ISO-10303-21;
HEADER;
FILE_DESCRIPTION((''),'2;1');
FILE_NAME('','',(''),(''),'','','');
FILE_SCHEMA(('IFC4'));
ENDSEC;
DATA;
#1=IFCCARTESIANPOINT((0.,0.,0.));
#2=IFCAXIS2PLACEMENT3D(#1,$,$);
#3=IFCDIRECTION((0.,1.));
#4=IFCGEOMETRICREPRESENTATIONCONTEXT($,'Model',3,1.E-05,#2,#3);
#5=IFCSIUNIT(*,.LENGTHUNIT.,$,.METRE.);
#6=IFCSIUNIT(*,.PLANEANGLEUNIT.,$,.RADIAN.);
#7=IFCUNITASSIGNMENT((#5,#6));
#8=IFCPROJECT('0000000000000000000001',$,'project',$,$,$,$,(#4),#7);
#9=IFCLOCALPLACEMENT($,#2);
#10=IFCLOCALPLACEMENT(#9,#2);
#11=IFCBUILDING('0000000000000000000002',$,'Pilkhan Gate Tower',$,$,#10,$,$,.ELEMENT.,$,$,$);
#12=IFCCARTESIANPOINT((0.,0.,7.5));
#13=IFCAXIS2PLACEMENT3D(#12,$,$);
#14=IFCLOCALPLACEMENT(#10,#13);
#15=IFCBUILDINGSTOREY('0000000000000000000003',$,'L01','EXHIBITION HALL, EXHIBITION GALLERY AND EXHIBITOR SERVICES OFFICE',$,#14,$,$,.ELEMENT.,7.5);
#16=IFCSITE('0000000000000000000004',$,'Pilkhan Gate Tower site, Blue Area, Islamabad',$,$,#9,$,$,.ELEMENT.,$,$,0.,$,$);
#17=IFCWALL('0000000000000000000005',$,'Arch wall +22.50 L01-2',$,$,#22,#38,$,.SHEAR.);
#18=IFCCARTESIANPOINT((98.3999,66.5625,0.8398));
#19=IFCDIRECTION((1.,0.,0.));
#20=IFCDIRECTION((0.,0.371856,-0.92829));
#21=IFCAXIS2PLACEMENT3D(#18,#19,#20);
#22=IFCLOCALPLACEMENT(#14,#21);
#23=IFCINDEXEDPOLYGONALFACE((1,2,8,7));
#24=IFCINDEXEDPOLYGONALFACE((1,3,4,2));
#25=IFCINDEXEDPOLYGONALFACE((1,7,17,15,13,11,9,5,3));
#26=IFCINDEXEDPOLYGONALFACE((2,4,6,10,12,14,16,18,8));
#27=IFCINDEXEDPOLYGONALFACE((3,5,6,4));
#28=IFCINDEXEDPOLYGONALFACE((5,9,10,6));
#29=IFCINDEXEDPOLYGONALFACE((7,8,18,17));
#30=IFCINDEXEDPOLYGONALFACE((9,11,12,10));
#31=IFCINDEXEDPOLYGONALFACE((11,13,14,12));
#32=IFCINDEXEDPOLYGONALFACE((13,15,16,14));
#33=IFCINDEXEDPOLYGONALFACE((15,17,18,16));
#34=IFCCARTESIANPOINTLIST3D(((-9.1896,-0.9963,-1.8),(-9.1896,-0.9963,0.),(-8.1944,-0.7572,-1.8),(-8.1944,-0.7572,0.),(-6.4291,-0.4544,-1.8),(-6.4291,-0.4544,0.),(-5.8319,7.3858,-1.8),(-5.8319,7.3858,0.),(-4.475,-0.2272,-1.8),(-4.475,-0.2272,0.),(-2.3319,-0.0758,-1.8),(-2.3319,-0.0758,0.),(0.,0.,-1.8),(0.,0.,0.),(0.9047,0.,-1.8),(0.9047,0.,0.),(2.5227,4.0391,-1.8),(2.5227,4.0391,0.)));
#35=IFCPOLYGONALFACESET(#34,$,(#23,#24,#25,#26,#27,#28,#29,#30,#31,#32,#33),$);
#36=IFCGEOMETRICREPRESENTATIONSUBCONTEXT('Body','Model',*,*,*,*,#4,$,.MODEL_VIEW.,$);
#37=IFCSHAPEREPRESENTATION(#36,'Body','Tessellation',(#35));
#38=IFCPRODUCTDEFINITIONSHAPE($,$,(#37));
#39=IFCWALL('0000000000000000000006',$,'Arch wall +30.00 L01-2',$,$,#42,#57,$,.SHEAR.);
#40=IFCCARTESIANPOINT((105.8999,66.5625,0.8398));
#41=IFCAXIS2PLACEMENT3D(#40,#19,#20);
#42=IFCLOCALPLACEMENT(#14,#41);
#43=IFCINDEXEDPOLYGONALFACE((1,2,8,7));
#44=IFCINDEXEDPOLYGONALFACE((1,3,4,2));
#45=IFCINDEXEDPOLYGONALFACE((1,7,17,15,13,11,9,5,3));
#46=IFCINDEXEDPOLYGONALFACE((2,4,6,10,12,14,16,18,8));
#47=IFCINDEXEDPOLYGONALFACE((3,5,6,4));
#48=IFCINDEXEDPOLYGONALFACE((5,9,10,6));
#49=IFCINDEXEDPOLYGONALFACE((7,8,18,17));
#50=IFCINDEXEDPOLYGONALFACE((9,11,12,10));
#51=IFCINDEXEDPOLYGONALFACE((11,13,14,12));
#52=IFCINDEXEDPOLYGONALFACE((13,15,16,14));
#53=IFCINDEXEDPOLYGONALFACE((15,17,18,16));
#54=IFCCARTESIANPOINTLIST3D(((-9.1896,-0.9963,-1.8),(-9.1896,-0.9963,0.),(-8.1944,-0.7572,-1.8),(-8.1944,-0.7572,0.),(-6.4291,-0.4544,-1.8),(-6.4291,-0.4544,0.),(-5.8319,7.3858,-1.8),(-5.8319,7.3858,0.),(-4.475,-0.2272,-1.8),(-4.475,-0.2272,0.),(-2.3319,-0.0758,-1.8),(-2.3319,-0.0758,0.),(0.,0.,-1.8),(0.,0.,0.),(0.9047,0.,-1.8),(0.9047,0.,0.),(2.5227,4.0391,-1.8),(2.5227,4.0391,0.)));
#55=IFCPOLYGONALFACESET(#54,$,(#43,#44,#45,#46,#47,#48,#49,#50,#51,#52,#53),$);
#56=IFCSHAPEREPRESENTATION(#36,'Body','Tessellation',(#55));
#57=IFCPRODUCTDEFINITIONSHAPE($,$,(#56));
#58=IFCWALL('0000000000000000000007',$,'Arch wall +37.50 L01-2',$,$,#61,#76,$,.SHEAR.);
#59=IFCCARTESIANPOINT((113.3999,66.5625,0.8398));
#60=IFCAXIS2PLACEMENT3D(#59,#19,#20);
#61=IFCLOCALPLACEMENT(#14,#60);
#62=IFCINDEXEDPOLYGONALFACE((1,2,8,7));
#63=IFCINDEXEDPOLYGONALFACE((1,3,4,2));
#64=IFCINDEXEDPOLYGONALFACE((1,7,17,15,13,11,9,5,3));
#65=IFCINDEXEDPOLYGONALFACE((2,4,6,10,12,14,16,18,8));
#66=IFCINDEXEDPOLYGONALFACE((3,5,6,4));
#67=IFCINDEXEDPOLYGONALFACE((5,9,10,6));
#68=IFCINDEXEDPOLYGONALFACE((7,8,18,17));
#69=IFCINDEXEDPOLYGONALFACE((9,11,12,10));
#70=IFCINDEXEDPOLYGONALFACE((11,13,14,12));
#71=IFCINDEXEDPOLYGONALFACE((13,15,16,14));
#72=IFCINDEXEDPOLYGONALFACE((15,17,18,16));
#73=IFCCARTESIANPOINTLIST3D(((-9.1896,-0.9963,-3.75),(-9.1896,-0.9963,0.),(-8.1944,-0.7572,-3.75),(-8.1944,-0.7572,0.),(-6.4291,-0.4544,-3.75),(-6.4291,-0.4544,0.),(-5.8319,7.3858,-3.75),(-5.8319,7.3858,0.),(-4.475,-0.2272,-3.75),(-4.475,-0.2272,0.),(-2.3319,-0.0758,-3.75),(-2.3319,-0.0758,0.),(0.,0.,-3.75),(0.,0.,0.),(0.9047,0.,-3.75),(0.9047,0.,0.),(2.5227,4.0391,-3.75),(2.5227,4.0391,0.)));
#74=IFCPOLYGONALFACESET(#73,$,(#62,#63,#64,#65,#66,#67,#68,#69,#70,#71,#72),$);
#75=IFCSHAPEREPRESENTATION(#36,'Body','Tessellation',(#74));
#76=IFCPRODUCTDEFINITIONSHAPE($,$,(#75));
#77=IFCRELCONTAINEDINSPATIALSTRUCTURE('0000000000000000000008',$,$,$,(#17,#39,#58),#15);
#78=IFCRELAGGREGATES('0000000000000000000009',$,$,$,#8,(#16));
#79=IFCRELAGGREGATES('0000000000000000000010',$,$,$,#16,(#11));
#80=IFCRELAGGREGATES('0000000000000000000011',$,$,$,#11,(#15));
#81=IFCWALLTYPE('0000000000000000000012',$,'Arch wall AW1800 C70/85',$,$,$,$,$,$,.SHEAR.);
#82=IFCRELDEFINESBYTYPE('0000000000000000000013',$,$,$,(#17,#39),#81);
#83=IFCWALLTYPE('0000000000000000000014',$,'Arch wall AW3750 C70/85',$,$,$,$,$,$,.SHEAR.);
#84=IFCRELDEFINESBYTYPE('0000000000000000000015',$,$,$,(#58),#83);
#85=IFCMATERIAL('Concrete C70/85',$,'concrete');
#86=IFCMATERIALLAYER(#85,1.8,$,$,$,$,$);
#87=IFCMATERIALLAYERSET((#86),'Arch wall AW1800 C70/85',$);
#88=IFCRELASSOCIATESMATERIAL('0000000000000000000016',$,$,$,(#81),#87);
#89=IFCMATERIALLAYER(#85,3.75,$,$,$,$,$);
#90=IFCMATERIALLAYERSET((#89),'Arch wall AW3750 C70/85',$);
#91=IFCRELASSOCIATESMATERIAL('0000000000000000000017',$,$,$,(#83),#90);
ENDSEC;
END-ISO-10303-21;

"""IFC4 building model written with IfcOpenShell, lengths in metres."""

from ifc_helpers import new_model, si_unit, direction, frame, origin, place, context, subcontext, project, spatial, polyline, outline, extrude, material, layer, layer_set, type_object, element, save


model = new_model("IFC4")

# Units and contexts
model_context = context("Model", 3, precision=1e-05, world=origin(), true_north=direction((0.0, 1.0)))
body_context = subcontext(model_context, "Body", "Model", "MODEL_VIEW")
ifc_project = project(units=[si_unit("LENGTHUNIT", "METRE"), si_unit("PLANEANGLEUNIT", "RADIAN")], contexts=[model_context])

# Site, building, storey
site_placement = place(None, origin())
site = spatial("IfcSite", under=ifc_project, at=site_placement, Name="Pilkhan Gate Tower site, Blue Area, Islamabad", CompositionType="ELEMENT", RefElevation=0.0)
building_placement = place(site_placement, origin())
building = spatial("IfcBuilding", under=site, at=building_placement, Name="Pilkhan Gate Tower", CompositionType="ELEMENT")
storey_placement = place(building_placement, frame((0.0, 0.0, 7.5)))
storey = spatial("IfcBuildingStorey", under=building, at=storey_placement, Name="L01", Description="EXHIBITION HALL, EXHIBITION GALLERY AND EXHIBITOR SERVICES OFFICE", CompositionType="ELEMENT", Elevation=7.5)

# Walls
ifc_material_1 = material(Name="Concrete C70/85", Category="concrete")
ifc_layer_1 = layer(ifc_material_1, 1.8)
ifc_layer_set_1 = layer_set([ifc_layer_1], Name="Arch wall AW1800 C70/85")
wall_type_1 = type_object("IfcWallType", Name="Arch wall AW1800 C70/85", PredefinedType="SHEAR", material=ifc_layer_set_1)
wall_1_placement = place(storey_placement, frame((98.3999, 66.5625, 0.8398), z_axis=(1.0, 0.0, 0.0), x_axis=(0.0, 0.371856, -0.92829)))
element("IfcWall", 1, at=wall_1_placement, inside=storey, type_object=wall_type_1, Name="Arch wall +22.50 L01-2", PredefinedType="SHEAR", context=body_context, shape_type="SweptSolid", body=[
    extrude(outline(polyline([(0.0, 0.0), (0.9047, 0.0), (2.5227, 4.0391), (-5.8319, 7.3858), (-9.1896, -0.9963), (-8.1944, -0.7572), (-6.4291, -0.4544), (-4.475, -0.2272), (-2.3319, -0.0758), (0.0, 0.0)])), origin(), (0.0, 0.0, -1.0), 1.8),
])
wall_2_placement = place(storey_placement, frame((105.8999, 66.5625, 0.8398), z_axis=(1.0, 0.0, 0.0), x_axis=(0.0, 0.371856, -0.92829)))
element("IfcWall", 2, at=wall_2_placement, inside=storey, type_object=wall_type_1, Name="Arch wall +30.00 L01-2", PredefinedType="SHEAR", context=body_context, shape_type="SweptSolid", body=[
    extrude(outline(polyline([(0.0, 0.0), (0.9047, 0.0), (2.5227, 4.0391), (-5.8319, 7.3858), (-9.1896, -0.9963), (-8.1944, -0.7572), (-6.4291, -0.4544), (-4.475, -0.2272), (-2.3319, -0.0758), (0.0, 0.0)])), origin(), (0.0, 0.0, -1.0), 1.8),
])
ifc_layer_2 = layer(ifc_material_1, 3.75)
ifc_layer_set_2 = layer_set([ifc_layer_2], Name="Arch wall AW3750 C70/85")
wall_type_2 = type_object("IfcWallType", Name="Arch wall AW3750 C70/85", PredefinedType="SHEAR", material=ifc_layer_set_2)
wall_3_placement = place(storey_placement, frame((113.3999, 66.5625, 0.8398), z_axis=(1.0, 0.0, 0.0), x_axis=(0.0, 0.371856, -0.92829)))
element("IfcWall", 3, at=wall_3_placement, inside=storey, type_object=wall_type_2, Name="Arch wall +37.50 L01-2", PredefinedType="SHEAR", context=body_context, shape_type="SweptSolid", body=[
    extrude(outline(polyline([(0.0, 0.0), (0.9047, 0.0), (2.5227, 4.0391), (-5.8319, 7.3858), (-9.1896, -0.9963), (-8.1944, -0.7572), (-6.4291, -0.4544), (-4.475, -0.2272), (-2.3319, -0.0758), (0.0, 0.0)])), origin(), (0.0, 0.0, -1.0), 3.75),
])

save(model, "model.ifc")
